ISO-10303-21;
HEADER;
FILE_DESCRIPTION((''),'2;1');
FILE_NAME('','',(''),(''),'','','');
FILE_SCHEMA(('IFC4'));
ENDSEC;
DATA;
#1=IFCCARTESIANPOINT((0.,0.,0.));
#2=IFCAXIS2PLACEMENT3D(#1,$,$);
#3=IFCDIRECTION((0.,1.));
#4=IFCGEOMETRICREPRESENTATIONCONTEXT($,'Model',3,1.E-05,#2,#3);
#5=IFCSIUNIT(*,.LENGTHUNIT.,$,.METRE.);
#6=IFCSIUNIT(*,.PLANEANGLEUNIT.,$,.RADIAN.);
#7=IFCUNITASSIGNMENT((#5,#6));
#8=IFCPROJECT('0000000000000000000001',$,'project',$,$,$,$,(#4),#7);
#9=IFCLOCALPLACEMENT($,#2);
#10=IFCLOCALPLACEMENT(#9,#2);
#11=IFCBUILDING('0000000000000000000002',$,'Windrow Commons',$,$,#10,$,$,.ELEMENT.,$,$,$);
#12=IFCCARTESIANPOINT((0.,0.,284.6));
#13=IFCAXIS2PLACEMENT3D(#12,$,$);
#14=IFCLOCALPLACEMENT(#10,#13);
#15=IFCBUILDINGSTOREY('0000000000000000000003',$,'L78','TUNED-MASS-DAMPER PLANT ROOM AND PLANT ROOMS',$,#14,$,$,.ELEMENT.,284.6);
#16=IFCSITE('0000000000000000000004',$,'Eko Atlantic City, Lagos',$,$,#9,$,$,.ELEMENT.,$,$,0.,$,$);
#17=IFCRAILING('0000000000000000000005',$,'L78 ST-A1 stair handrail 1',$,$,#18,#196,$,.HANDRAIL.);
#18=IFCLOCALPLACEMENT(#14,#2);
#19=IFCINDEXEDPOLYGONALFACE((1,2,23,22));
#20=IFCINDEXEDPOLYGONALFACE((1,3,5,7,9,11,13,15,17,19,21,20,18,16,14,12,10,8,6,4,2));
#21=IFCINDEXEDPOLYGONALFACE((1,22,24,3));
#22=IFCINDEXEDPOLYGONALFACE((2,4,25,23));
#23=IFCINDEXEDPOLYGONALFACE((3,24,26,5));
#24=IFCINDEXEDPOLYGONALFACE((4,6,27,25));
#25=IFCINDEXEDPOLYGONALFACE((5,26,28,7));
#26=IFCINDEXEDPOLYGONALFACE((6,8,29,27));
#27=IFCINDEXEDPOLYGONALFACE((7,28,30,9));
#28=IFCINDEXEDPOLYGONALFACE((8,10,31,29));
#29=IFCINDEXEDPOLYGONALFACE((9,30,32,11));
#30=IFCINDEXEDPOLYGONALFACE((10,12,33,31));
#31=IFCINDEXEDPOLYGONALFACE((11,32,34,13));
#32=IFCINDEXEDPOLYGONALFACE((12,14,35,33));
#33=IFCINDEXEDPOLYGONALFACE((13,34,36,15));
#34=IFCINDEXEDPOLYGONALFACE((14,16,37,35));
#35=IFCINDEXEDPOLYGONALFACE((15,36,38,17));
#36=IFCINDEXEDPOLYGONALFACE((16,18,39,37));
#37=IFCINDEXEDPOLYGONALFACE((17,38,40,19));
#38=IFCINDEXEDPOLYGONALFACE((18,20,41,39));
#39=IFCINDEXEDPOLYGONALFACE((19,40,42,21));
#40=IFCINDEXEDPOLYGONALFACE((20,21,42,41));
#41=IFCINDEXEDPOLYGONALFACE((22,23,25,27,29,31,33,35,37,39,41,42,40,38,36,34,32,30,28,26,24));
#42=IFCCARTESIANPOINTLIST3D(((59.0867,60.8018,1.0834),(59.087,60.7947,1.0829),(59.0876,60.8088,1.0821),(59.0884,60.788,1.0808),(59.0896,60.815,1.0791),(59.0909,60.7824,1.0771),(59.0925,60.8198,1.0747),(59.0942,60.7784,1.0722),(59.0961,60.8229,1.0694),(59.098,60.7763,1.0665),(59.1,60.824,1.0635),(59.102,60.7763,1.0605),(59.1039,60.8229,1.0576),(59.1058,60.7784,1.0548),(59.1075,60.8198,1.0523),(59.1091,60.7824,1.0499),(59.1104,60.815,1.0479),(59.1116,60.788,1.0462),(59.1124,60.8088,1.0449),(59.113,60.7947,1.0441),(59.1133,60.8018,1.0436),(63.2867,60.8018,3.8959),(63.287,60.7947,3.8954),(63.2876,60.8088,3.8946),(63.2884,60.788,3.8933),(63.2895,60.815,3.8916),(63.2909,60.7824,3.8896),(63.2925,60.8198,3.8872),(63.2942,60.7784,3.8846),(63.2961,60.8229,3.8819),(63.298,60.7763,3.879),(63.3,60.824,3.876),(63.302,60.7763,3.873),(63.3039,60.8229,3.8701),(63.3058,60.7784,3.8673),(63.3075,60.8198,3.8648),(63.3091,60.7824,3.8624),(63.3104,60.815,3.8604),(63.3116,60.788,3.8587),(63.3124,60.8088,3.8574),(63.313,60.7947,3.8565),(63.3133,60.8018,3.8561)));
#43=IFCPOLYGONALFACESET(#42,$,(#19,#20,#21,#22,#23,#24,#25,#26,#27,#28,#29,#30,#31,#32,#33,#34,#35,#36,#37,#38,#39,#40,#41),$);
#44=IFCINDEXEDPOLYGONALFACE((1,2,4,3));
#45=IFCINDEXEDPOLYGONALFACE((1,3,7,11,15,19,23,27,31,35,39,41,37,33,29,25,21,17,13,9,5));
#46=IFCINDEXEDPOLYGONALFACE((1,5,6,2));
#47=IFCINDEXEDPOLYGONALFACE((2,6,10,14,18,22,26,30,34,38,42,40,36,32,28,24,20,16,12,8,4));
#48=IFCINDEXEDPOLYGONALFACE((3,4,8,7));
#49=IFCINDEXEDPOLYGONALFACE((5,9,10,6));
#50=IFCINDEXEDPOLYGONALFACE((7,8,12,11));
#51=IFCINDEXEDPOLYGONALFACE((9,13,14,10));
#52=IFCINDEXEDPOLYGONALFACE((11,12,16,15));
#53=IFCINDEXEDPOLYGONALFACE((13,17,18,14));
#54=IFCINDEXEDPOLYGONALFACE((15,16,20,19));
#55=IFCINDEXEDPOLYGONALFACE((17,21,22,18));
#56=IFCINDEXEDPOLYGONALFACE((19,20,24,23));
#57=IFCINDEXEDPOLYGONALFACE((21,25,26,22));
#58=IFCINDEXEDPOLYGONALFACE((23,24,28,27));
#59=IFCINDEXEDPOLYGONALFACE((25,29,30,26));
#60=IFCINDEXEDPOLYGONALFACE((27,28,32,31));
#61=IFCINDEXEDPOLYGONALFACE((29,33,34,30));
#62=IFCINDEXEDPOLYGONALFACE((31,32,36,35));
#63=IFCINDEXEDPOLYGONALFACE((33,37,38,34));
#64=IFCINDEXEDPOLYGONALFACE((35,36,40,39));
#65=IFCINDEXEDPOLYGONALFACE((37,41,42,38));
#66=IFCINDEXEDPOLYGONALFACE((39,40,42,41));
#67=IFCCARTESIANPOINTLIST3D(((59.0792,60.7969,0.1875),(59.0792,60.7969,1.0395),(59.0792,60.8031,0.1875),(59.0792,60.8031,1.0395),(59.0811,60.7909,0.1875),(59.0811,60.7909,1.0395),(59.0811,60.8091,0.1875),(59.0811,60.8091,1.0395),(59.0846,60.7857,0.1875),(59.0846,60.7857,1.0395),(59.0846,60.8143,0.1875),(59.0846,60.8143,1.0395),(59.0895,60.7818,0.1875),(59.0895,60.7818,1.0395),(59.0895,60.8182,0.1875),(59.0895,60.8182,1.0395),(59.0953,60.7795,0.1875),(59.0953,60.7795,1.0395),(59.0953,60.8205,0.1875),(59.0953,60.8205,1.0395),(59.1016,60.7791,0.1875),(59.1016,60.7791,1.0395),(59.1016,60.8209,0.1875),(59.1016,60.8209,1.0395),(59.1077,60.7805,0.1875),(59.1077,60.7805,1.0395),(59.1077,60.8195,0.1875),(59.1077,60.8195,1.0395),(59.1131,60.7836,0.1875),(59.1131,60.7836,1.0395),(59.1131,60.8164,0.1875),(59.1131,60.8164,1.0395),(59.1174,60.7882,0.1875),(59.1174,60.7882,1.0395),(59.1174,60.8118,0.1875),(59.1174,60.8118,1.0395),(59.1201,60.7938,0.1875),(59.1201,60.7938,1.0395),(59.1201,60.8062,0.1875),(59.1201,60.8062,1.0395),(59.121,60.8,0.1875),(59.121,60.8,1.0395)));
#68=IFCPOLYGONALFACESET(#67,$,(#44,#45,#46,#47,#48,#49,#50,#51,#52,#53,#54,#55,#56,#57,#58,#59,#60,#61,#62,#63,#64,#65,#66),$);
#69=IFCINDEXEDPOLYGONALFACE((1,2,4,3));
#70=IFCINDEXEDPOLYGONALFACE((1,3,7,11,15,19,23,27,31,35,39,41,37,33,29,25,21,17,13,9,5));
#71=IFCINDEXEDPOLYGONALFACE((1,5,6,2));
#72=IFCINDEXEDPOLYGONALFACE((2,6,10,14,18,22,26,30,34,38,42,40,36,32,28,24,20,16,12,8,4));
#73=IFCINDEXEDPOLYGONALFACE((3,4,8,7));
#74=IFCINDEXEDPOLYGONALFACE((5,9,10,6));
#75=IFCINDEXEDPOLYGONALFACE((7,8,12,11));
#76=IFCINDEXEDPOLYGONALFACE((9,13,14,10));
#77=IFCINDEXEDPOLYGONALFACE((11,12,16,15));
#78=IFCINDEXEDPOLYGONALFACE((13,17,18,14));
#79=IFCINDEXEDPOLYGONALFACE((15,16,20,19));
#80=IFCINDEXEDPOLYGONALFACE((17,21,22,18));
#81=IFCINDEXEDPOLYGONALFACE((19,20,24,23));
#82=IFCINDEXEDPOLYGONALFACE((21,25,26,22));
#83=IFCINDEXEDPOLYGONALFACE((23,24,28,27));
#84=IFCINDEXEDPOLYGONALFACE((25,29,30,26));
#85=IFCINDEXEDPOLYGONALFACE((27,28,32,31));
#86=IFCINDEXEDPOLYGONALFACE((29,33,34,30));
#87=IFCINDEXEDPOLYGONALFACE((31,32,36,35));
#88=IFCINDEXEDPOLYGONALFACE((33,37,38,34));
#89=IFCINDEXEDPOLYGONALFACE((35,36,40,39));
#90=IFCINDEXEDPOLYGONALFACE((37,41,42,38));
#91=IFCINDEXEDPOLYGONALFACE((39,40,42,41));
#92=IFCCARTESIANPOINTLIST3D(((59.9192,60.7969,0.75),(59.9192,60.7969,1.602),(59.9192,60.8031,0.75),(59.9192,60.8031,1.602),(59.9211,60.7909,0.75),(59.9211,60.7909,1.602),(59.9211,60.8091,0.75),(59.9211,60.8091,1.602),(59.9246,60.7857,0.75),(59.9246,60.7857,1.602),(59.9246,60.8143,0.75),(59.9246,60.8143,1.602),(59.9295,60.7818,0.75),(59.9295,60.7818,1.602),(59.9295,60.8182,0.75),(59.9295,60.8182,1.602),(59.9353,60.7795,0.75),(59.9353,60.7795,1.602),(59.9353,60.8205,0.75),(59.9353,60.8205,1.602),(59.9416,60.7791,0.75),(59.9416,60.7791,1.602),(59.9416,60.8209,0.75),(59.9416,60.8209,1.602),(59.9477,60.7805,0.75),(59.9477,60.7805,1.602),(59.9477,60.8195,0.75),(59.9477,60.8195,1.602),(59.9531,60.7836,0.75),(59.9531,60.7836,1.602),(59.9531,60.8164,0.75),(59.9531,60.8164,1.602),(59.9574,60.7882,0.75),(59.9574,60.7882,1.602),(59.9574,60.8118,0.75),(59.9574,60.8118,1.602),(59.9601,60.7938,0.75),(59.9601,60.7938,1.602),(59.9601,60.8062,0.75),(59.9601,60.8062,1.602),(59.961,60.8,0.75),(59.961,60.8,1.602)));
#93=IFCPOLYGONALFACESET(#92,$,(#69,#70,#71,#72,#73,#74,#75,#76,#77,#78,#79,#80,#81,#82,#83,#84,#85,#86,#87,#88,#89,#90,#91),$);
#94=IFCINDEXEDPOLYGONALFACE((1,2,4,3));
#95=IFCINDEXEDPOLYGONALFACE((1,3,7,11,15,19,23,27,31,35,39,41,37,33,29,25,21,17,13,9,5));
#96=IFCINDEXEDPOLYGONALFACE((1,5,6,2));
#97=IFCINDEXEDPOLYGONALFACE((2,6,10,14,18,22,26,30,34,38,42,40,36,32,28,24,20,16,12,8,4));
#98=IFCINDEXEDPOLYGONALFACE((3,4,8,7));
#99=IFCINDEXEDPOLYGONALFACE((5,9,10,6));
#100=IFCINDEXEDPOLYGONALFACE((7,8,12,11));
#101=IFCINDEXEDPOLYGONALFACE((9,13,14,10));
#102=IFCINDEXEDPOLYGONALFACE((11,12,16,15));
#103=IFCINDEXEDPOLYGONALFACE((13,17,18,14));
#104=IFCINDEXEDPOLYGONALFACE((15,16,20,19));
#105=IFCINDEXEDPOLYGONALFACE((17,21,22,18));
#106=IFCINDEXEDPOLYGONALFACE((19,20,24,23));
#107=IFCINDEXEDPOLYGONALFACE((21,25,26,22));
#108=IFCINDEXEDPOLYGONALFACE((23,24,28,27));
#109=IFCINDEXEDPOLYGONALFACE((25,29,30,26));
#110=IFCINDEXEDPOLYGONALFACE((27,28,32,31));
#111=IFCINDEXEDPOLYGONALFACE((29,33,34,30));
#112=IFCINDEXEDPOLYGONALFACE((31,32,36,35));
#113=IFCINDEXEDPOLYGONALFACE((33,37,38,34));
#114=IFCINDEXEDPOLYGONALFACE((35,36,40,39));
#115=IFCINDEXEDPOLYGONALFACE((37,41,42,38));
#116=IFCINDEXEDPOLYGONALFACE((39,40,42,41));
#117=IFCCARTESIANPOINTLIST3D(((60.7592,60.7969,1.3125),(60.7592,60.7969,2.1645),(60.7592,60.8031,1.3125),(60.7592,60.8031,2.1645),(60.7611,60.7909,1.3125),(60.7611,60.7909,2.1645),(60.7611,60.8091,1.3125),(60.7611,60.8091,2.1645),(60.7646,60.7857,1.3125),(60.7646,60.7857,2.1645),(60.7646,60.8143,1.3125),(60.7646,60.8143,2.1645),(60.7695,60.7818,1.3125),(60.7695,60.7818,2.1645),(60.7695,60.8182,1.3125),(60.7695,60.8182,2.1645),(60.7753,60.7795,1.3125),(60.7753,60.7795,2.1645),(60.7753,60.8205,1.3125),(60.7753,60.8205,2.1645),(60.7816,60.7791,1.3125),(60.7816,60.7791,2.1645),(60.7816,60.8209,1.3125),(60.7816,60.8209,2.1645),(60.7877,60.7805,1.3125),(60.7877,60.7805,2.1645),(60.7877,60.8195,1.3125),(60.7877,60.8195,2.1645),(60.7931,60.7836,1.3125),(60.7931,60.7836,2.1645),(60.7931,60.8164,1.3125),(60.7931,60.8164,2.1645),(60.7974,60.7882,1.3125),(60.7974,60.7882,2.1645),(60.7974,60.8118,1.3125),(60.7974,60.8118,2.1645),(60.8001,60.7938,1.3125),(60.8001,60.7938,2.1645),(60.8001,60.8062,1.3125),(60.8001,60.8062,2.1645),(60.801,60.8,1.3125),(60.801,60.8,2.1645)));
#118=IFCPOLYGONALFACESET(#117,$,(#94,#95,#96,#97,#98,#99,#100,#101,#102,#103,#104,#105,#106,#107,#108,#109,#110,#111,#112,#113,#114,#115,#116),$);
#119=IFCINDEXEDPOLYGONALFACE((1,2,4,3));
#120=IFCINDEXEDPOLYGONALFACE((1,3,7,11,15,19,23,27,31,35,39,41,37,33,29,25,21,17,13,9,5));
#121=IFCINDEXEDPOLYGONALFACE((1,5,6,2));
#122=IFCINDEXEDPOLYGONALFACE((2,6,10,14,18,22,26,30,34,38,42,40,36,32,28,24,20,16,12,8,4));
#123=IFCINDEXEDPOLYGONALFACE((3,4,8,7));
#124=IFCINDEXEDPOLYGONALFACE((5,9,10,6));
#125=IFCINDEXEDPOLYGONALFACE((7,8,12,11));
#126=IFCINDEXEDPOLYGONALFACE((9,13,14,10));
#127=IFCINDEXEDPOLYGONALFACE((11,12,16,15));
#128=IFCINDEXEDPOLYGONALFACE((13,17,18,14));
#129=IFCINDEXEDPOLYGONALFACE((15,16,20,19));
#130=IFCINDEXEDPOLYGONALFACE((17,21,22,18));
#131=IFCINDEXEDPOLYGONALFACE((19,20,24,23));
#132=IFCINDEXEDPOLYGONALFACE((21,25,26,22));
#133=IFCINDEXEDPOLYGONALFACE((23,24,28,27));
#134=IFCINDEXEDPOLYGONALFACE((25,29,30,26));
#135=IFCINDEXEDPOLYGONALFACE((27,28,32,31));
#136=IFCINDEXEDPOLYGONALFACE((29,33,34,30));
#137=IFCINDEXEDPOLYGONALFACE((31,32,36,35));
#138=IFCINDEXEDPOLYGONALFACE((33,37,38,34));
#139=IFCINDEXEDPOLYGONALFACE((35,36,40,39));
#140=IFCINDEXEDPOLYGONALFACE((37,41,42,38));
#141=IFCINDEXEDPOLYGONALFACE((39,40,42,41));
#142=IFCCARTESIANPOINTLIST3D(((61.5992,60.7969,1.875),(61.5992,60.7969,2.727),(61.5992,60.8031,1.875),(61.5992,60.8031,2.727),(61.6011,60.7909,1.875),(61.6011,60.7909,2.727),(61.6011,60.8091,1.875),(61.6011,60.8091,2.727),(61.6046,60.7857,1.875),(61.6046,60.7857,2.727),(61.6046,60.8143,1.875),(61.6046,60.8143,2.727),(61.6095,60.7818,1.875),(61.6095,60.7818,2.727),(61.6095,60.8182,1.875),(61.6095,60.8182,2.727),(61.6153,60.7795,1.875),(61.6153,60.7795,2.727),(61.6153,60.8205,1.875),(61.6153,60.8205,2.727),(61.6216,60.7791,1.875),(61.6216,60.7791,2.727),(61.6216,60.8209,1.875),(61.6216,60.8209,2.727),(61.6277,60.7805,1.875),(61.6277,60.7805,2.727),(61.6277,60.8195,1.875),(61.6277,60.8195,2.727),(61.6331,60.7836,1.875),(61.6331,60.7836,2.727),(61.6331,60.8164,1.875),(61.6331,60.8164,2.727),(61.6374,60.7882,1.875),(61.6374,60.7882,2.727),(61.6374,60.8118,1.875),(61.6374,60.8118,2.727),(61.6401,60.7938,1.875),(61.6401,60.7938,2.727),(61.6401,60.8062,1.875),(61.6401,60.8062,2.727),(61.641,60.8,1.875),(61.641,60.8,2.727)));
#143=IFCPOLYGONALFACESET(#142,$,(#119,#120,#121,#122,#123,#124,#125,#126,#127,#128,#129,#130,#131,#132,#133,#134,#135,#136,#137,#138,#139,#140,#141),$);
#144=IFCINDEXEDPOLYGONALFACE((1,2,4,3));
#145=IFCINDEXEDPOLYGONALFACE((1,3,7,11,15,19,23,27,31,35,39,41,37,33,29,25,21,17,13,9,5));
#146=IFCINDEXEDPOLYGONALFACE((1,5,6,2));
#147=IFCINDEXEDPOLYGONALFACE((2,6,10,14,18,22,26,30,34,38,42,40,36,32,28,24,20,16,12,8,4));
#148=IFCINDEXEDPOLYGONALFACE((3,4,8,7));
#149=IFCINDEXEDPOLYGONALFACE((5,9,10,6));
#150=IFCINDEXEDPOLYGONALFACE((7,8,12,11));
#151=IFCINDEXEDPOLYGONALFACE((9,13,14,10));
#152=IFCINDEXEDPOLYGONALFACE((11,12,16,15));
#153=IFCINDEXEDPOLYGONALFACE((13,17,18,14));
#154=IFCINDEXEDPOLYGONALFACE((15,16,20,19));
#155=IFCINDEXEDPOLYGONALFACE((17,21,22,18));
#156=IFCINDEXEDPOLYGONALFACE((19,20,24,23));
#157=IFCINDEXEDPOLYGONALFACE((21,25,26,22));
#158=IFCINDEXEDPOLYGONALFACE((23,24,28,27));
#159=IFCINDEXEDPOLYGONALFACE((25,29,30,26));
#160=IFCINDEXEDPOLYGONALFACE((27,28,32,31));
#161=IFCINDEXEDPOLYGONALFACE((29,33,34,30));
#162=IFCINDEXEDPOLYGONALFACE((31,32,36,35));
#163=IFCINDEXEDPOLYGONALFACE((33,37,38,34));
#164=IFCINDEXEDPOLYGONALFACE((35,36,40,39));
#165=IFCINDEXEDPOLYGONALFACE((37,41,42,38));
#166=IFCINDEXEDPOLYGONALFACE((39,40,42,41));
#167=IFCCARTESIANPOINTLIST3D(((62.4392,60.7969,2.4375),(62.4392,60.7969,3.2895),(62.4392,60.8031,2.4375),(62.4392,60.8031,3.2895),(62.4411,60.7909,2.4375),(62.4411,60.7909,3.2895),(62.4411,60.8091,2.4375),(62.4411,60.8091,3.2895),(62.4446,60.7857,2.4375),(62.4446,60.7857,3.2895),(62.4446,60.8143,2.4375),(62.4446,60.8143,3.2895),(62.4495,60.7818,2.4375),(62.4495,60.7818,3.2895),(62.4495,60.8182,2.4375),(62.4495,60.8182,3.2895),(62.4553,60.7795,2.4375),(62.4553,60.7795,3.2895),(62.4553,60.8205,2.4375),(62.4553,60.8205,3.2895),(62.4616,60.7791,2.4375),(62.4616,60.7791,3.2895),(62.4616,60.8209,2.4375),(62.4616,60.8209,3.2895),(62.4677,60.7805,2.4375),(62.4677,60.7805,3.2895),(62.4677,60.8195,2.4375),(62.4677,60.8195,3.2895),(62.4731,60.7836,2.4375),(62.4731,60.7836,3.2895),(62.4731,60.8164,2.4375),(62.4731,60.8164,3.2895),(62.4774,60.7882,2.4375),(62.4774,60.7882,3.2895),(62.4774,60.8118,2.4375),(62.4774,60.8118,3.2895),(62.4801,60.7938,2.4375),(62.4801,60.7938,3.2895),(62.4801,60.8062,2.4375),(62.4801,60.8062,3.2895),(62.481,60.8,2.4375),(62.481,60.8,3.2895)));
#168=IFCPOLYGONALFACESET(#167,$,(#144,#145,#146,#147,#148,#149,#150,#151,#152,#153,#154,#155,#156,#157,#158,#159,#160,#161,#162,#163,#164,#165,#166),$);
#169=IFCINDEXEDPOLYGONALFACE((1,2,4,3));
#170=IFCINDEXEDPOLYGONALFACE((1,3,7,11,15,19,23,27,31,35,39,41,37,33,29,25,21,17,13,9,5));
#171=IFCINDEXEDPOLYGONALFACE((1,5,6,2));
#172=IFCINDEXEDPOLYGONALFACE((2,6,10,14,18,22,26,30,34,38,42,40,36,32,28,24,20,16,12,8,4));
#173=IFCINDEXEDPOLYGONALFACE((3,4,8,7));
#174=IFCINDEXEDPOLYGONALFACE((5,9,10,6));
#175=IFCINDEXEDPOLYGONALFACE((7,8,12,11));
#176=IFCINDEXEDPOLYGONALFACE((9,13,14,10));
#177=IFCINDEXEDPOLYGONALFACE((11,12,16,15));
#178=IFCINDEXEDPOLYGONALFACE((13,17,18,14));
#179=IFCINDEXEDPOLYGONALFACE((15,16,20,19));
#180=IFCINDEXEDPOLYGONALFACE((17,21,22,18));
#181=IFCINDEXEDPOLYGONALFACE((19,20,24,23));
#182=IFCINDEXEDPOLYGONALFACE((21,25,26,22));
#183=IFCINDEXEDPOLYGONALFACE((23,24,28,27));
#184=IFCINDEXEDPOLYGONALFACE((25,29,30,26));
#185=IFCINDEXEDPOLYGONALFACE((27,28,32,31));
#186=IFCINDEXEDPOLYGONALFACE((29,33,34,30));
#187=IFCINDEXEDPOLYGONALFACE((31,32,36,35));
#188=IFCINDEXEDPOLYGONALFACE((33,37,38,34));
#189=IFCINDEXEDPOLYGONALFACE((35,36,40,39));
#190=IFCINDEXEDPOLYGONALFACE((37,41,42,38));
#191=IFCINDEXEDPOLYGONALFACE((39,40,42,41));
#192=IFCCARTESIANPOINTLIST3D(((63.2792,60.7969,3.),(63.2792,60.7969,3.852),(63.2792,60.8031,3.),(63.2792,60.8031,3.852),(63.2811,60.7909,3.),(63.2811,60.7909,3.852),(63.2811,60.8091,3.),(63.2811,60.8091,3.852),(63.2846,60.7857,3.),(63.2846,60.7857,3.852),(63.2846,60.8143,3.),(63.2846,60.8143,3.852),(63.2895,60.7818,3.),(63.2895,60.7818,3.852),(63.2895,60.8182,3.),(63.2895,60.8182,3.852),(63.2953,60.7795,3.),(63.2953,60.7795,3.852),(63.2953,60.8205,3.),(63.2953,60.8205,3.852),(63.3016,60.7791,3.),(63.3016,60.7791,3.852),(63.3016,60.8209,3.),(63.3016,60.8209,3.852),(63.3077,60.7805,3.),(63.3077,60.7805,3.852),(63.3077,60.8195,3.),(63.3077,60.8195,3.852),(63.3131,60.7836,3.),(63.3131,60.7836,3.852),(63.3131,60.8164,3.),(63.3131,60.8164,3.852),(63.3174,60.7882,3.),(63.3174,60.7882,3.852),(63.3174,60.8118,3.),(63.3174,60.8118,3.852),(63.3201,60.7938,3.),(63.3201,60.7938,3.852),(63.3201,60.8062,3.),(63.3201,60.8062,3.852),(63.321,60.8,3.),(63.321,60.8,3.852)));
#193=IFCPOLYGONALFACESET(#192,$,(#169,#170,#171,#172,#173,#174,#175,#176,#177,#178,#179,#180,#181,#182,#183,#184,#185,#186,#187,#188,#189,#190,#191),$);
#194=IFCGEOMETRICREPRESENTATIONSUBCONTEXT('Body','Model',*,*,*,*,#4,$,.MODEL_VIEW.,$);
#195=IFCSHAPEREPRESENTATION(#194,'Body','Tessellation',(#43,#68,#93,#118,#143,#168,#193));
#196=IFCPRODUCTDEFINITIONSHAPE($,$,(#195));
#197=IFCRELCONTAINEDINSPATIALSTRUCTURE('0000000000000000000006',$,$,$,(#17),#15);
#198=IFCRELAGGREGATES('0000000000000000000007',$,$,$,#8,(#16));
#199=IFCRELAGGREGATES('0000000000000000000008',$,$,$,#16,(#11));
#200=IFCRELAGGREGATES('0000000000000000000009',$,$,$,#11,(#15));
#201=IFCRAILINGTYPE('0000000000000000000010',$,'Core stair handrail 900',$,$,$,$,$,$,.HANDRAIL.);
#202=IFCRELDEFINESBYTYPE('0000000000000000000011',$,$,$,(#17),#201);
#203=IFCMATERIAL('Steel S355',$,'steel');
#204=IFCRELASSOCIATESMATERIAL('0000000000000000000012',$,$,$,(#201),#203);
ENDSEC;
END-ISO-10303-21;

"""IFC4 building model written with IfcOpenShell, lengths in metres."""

from ifc_helpers import new_model, si_unit, direction, frame, origin, origin_2d, place, context, subcontext, project, spatial, circle, extrude, material, type_object, element, save


model = new_model("IFC4")

# Units and contexts
model_context = context("Model", 3, precision=1e-05, world=origin(), true_north=direction((0.0, 1.0)))
body_context = subcontext(model_context, "Body", "Model", "MODEL_VIEW")
ifc_project = project(units=[si_unit("LENGTHUNIT", "METRE"), si_unit("PLANEANGLEUNIT", "RADIAN")], contexts=[model_context])

# Site, building, storey
site_placement = place(None, origin())
site = spatial("IfcSite", under=ifc_project, at=site_placement, Name="Eko Atlantic City, Lagos", CompositionType="ELEMENT", RefElevation=0.0)
building_placement = place(site_placement, origin())
building = spatial("IfcBuilding", under=site, at=building_placement, Name="Windrow Commons", CompositionType="ELEMENT")
storey_placement = place(building_placement, frame((0.0, 0.0, 284.6)))
storey = spatial("IfcBuildingStorey", under=building, at=storey_placement, Name="L78", Description="TUNED-MASS-DAMPER PLANT ROOM AND PLANT ROOMS", CompositionType="ELEMENT", Elevation=284.6)

# Railing
ifc_material_1 = material(Name="Steel S355", Category="steel")
railing_type_1 = type_object("IfcRailingType", Name="Core stair handrail 900", PredefinedType="HANDRAIL", material=ifc_material_1)
railing_1_placement = place(storey_placement, frame((59.1, 60.8, 0.1875)))
element("IfcRailing", 1, at=railing_1_placement, inside=storey, type_object=railing_type_1, Name="L78 ST-A1 stair handrail 1", PredefinedType="HANDRAIL", context=body_context, shape_type="SweptSolid", body=[
    extrude(circle(Radius=0.024, at=origin_2d()), frame((0.0, 0.0, 0.876), z_axis=(0.830907, 0.0, 0.556411), x_axis=(0.0, 1.0, 0.0)), (0.0, 0.0, 1.0), 5.0547),
    extrude(circle(Radius=0.021, at=origin_2d()), origin(), (0.0, 0.0, 1.0), 0.852),
    extrude(circle(Radius=0.021, at=origin_2d()), frame((0.84, 0.0, 0.5625)), (0.0, 0.0, 1.0), 0.852),
    extrude(circle(Radius=0.021, at=origin_2d()), frame((1.68, 0.0, 1.125)), (0.0, 0.0, 1.0), 0.852),
    extrude(circle(Radius=0.021, at=origin_2d()), frame((2.52, 0.0, 1.6875)), (0.0, 0.0, 1.0), 0.852),
    extrude(circle(Radius=0.021, at=origin_2d()), frame((3.36, 0.0, 2.25)), (0.0, 0.0, 1.0), 0.852),
    extrude(circle(Radius=0.021, at=origin_2d()), frame((4.2, 0.0, 2.8125)), (0.0, 0.0, 1.0), 0.852),
])

save(model, "model.ifc")
